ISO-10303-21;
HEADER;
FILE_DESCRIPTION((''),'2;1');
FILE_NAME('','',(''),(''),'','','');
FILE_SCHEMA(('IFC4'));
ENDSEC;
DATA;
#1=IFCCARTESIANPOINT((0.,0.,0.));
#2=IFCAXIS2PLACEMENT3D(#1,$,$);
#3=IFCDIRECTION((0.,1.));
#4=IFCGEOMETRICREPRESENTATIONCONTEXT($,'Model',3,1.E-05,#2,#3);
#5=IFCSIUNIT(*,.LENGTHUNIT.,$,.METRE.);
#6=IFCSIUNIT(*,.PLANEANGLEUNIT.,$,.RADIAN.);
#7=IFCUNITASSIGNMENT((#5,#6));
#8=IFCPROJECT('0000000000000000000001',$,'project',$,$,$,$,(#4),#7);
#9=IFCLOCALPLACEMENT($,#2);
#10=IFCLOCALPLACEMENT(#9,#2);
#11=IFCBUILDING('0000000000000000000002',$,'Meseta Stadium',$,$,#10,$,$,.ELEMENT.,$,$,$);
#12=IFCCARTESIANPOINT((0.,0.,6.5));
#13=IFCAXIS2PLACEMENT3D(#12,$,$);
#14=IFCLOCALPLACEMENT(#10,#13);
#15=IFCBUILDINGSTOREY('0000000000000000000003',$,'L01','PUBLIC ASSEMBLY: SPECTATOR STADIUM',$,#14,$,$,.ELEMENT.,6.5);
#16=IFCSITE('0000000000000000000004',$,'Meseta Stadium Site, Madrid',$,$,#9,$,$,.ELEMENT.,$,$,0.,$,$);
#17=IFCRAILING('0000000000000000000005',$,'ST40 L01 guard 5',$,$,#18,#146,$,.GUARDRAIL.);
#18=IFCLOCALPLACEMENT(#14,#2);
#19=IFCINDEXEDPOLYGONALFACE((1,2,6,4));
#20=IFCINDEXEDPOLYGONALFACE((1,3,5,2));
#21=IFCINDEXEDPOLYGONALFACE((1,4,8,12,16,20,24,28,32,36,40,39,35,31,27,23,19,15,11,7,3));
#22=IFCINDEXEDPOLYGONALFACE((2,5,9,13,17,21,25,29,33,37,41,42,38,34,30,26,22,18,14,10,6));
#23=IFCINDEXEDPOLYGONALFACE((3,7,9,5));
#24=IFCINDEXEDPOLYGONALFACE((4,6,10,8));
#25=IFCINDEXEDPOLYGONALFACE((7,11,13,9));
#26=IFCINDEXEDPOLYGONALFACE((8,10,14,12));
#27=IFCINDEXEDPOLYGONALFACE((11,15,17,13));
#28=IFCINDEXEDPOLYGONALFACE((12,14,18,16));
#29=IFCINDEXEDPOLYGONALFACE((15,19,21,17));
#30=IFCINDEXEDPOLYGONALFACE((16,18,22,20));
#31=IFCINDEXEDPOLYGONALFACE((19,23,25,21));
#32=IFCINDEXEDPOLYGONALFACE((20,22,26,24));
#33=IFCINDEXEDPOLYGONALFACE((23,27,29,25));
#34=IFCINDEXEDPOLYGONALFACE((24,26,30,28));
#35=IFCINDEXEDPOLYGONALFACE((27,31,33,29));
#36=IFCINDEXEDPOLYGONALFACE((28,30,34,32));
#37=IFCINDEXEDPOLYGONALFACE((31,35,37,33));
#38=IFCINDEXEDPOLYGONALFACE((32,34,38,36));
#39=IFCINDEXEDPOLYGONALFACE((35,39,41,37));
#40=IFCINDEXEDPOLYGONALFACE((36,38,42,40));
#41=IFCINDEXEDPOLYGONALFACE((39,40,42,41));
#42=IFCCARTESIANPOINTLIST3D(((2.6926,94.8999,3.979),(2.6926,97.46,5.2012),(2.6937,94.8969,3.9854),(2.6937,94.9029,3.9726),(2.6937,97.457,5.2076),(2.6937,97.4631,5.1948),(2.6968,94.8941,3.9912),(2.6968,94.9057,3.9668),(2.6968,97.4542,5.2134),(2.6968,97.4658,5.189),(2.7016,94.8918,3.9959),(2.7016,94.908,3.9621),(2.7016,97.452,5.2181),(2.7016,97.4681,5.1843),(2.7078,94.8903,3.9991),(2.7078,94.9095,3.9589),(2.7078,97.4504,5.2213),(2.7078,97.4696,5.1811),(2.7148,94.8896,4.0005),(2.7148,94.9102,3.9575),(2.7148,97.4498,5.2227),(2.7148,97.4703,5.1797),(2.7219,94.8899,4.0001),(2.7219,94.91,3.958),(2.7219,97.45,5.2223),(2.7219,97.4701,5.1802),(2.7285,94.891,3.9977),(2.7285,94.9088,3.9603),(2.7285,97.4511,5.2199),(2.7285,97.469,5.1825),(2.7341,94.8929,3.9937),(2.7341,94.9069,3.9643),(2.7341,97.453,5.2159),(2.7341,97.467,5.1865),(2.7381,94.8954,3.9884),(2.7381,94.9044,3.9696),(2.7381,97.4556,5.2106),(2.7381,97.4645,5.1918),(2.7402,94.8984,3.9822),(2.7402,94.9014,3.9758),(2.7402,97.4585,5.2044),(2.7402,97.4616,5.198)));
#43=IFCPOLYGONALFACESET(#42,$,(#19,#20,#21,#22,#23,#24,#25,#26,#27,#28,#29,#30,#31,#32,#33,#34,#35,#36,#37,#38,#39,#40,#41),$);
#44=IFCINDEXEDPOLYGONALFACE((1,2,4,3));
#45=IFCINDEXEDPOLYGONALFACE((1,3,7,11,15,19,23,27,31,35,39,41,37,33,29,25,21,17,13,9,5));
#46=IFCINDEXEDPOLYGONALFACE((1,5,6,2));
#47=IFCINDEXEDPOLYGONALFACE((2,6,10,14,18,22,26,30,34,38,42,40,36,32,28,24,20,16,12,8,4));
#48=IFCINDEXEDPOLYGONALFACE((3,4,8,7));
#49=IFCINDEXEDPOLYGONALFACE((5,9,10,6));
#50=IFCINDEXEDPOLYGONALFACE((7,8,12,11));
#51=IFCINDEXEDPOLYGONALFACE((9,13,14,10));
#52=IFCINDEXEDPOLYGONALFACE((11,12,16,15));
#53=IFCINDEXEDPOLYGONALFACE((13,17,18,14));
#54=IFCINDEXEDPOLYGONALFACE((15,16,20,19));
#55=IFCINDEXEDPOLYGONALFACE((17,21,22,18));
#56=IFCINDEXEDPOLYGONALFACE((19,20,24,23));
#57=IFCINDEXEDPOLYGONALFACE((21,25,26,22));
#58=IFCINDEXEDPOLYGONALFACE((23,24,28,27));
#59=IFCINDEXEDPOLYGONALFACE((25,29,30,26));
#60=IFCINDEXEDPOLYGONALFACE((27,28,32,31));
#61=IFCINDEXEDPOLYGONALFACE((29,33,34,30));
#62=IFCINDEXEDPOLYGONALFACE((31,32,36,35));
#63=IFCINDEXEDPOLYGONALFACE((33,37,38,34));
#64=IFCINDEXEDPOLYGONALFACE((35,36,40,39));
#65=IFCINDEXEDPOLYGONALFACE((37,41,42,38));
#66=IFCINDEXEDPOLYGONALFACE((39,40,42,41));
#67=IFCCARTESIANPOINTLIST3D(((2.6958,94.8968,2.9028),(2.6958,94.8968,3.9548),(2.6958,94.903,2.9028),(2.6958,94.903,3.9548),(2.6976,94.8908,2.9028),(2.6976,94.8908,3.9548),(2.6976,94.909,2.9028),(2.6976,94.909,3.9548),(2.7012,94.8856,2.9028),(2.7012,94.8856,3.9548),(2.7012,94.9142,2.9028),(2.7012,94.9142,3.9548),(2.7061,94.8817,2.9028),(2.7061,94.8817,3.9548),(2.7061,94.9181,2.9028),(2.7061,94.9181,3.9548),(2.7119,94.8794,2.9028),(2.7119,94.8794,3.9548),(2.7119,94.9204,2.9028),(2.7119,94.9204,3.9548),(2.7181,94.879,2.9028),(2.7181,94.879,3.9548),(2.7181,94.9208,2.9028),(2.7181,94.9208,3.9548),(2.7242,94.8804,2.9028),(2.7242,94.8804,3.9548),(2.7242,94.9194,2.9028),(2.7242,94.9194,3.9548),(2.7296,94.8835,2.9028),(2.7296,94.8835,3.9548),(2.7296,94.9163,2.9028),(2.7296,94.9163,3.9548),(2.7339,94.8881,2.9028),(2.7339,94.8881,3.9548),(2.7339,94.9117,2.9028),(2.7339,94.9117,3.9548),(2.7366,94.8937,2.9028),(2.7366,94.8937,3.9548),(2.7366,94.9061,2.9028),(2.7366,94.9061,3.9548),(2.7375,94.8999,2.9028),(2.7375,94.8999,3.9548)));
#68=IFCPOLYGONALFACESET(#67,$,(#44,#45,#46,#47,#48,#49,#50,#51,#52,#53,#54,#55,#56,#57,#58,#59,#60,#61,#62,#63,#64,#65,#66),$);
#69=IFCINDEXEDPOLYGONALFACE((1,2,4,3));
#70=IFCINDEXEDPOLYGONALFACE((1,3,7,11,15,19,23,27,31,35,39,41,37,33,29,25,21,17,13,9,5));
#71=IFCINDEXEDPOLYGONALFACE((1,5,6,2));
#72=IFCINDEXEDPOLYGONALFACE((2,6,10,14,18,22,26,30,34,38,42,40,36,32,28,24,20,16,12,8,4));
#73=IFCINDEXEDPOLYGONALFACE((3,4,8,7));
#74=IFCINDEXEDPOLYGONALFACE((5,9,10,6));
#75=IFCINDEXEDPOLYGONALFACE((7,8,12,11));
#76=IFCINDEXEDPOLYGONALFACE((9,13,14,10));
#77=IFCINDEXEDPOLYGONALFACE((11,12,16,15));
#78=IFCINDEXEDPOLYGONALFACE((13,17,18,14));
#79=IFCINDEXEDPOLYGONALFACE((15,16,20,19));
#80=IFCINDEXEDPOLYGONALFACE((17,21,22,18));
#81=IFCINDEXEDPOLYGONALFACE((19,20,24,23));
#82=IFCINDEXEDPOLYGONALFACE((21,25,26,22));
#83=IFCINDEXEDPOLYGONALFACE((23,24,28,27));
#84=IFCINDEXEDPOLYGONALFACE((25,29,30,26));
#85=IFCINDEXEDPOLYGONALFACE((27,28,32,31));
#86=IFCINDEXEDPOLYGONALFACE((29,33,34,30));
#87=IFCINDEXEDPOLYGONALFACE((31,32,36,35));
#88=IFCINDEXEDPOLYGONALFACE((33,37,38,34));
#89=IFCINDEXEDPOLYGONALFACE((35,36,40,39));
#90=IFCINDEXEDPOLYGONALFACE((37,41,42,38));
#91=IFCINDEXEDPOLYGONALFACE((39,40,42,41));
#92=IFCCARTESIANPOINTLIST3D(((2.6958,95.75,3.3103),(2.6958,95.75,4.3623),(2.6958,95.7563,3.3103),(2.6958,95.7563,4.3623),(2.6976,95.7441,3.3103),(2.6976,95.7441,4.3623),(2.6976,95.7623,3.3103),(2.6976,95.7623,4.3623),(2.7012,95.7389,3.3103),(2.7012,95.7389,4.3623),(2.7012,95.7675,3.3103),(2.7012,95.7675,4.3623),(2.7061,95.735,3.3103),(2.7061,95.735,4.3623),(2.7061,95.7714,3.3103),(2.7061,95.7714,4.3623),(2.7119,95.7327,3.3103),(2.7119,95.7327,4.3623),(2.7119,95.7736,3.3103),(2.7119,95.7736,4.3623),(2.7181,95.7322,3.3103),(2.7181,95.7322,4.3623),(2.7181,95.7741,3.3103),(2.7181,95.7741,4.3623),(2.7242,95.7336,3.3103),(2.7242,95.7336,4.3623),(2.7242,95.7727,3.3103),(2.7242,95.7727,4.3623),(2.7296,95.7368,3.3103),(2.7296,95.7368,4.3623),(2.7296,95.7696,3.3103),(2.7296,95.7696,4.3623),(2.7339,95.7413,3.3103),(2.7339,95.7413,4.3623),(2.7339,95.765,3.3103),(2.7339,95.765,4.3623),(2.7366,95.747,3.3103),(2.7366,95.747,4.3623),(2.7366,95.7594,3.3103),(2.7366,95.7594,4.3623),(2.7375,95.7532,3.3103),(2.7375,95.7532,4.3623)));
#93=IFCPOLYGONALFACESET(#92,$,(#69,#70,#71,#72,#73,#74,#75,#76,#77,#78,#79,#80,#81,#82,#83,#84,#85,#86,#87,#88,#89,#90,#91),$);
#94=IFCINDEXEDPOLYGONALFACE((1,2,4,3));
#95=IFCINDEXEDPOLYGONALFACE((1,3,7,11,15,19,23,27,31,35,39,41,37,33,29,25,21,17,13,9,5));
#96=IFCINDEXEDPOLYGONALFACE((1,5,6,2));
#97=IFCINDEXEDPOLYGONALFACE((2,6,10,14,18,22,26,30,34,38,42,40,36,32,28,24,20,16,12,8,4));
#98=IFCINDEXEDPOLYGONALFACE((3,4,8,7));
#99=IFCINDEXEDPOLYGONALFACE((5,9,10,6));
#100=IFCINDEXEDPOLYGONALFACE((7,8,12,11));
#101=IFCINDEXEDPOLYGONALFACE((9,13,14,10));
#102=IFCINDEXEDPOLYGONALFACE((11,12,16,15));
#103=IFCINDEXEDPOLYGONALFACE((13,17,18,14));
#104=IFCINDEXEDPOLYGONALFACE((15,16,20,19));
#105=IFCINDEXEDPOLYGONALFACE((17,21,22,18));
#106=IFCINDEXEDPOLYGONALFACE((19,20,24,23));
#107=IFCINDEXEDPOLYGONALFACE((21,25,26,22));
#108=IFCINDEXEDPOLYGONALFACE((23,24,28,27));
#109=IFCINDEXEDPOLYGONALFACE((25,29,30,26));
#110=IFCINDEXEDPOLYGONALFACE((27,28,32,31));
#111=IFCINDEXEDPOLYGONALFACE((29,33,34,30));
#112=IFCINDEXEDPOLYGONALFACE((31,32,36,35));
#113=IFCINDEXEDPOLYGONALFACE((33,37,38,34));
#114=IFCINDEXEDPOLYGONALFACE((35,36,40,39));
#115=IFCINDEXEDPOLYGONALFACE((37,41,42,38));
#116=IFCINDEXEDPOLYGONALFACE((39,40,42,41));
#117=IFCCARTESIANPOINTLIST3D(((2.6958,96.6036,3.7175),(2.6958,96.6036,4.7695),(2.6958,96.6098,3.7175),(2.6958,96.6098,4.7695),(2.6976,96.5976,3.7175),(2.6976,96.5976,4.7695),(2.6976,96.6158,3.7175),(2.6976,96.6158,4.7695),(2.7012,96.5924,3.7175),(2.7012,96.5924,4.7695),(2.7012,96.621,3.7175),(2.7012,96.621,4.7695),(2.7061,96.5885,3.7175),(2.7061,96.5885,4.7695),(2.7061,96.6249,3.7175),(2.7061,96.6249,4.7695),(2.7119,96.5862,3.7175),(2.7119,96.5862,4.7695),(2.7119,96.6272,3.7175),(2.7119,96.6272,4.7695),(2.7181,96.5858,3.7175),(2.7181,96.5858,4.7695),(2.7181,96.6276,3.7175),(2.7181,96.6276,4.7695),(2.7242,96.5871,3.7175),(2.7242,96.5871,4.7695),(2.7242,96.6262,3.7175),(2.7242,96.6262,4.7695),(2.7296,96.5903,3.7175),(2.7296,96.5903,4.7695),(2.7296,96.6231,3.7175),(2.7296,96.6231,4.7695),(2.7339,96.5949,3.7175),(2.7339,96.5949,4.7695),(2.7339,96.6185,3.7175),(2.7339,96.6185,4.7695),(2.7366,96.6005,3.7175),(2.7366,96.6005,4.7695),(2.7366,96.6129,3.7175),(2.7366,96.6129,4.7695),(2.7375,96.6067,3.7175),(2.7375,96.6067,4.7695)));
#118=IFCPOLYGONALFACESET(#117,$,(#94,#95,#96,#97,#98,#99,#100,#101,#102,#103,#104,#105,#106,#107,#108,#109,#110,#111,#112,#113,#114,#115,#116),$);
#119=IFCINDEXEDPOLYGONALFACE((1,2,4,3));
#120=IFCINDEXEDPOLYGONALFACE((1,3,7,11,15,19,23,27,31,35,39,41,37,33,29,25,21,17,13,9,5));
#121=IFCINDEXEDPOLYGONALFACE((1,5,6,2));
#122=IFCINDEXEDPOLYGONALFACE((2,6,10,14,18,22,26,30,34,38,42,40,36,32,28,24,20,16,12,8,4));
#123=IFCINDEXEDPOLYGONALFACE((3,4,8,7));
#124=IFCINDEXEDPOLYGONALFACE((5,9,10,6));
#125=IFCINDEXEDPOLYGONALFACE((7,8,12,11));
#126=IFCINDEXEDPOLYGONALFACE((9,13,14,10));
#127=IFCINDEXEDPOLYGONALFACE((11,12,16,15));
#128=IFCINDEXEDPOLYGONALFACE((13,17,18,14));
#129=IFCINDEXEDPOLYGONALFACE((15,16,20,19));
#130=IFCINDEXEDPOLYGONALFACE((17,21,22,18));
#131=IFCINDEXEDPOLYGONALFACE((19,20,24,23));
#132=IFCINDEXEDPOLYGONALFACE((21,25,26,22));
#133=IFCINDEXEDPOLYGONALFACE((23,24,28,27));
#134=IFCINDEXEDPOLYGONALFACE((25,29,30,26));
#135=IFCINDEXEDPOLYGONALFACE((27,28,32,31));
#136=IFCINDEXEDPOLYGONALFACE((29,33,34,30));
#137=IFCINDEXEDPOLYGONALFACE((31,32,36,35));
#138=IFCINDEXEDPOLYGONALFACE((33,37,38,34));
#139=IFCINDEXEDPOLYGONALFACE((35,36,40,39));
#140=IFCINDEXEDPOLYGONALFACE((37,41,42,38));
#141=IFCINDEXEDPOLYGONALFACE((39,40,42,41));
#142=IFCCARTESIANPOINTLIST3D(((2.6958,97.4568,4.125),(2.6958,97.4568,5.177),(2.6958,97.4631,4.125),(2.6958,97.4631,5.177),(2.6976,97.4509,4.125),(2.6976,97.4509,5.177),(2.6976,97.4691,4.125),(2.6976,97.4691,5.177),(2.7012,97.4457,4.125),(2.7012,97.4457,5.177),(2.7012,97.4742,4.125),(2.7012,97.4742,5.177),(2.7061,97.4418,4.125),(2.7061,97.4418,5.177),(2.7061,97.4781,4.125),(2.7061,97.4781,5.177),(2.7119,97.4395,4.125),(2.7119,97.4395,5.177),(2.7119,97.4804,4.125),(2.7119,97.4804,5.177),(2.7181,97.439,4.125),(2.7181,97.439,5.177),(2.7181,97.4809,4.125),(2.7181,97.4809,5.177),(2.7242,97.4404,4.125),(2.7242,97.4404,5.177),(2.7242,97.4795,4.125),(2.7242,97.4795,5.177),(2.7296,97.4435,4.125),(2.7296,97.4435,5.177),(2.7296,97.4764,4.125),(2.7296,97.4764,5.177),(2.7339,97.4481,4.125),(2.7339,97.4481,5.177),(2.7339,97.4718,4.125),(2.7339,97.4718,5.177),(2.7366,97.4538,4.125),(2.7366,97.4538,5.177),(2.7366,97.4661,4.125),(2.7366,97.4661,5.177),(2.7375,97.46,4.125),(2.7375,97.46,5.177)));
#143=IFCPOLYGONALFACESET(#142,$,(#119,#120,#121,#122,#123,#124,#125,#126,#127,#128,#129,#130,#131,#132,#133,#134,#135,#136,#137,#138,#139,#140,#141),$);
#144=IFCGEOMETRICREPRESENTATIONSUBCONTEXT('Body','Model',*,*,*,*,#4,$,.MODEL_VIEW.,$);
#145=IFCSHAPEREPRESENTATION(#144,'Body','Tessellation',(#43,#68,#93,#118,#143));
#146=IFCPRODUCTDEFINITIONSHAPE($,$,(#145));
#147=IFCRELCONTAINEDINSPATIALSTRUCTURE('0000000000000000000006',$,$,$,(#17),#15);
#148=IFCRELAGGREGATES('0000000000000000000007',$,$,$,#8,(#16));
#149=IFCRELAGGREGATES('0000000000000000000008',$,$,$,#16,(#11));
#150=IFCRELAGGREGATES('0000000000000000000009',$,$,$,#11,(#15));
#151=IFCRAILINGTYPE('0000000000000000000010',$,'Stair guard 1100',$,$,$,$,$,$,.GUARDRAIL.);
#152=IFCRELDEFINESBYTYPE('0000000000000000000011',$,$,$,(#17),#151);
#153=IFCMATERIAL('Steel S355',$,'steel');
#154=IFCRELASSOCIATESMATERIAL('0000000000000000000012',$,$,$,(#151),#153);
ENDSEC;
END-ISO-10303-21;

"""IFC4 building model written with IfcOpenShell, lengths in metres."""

from ifc_helpers import new_model, si_unit, direction, frame, origin, origin_2d, place, context, subcontext, project, spatial, circle, extrude, material, type_object, element, save


model = new_model("IFC4")

# Units and contexts
model_context = context("Model", 3, precision=1e-05, world=origin(), true_north=direction((0.0, 1.0)))
body_context = subcontext(model_context, "Body", "Model", "MODEL_VIEW")
ifc_project = project(units=[si_unit("LENGTHUNIT", "METRE"), si_unit("PLANEANGLEUNIT", "RADIAN")], contexts=[model_context])

# Site, building, storey
site_placement = place(None, origin())
site = spatial("IfcSite", under=ifc_project, at=site_placement, Name="Meseta Stadium Site, Madrid", CompositionType="ELEMENT", RefElevation=0.0)
building_placement = place(site_placement, origin())
building = spatial("IfcBuilding", under=site, at=building_placement, Name="Meseta Stadium", CompositionType="ELEMENT")
storey_placement = place(building_placement, frame((0.0, 0.0, 6.5)))
storey = spatial("IfcBuildingStorey", under=building, at=storey_placement, Name="L01", Description="PUBLIC ASSEMBLY: SPECTATOR STADIUM", CompositionType="ELEMENT", Elevation=6.5)

# Railing
ifc_material_1 = material(Name="Steel S355", Category="steel")
railing_type_1 = type_object("IfcRailingType", Name="Stair guard 1100", PredefinedType="GUARDRAIL", material=ifc_material_1)
railing_1_placement = place(storey_placement, frame((2.7166, 94.8999, 2.9028)))
element("IfcRailing", 1, at=railing_1_placement, inside=storey, type_object=railing_type_1, Name="ST40 L01 guard 5", PredefinedType="GUARDRAIL", context=body_context, shape_type="SweptSolid", body=[
    extrude(circle(Radius=0.0239, at=origin_2d()), frame((0.0, 0.0, 1.0762), z_axis=(0.0, 0.902437, 0.430822), x_axis=(-1.0, 0.0, 0.0)), (0.0, 0.0, 1.0), 2.8369),
    extrude(circle(Radius=0.021, at=origin_2d()), origin(), (0.0, 0.0, 1.0), 1.052),
    extrude(circle(Radius=0.021, at=origin_2d()), frame((0.0, 0.8533, 0.4075)), (0.0, 0.0, 1.0), 1.052),
    extrude(circle(Radius=0.021, at=origin_2d()), frame((0.0, 1.7068, 0.8147)), (0.0, 0.0, 1.0), 1.052),
    extrude(circle(Radius=0.021, at=origin_2d()), frame((0.0, 2.5601, 1.2222)), (0.0, 0.0, 1.0), 1.052),
])

save(model, "model.ifc")
